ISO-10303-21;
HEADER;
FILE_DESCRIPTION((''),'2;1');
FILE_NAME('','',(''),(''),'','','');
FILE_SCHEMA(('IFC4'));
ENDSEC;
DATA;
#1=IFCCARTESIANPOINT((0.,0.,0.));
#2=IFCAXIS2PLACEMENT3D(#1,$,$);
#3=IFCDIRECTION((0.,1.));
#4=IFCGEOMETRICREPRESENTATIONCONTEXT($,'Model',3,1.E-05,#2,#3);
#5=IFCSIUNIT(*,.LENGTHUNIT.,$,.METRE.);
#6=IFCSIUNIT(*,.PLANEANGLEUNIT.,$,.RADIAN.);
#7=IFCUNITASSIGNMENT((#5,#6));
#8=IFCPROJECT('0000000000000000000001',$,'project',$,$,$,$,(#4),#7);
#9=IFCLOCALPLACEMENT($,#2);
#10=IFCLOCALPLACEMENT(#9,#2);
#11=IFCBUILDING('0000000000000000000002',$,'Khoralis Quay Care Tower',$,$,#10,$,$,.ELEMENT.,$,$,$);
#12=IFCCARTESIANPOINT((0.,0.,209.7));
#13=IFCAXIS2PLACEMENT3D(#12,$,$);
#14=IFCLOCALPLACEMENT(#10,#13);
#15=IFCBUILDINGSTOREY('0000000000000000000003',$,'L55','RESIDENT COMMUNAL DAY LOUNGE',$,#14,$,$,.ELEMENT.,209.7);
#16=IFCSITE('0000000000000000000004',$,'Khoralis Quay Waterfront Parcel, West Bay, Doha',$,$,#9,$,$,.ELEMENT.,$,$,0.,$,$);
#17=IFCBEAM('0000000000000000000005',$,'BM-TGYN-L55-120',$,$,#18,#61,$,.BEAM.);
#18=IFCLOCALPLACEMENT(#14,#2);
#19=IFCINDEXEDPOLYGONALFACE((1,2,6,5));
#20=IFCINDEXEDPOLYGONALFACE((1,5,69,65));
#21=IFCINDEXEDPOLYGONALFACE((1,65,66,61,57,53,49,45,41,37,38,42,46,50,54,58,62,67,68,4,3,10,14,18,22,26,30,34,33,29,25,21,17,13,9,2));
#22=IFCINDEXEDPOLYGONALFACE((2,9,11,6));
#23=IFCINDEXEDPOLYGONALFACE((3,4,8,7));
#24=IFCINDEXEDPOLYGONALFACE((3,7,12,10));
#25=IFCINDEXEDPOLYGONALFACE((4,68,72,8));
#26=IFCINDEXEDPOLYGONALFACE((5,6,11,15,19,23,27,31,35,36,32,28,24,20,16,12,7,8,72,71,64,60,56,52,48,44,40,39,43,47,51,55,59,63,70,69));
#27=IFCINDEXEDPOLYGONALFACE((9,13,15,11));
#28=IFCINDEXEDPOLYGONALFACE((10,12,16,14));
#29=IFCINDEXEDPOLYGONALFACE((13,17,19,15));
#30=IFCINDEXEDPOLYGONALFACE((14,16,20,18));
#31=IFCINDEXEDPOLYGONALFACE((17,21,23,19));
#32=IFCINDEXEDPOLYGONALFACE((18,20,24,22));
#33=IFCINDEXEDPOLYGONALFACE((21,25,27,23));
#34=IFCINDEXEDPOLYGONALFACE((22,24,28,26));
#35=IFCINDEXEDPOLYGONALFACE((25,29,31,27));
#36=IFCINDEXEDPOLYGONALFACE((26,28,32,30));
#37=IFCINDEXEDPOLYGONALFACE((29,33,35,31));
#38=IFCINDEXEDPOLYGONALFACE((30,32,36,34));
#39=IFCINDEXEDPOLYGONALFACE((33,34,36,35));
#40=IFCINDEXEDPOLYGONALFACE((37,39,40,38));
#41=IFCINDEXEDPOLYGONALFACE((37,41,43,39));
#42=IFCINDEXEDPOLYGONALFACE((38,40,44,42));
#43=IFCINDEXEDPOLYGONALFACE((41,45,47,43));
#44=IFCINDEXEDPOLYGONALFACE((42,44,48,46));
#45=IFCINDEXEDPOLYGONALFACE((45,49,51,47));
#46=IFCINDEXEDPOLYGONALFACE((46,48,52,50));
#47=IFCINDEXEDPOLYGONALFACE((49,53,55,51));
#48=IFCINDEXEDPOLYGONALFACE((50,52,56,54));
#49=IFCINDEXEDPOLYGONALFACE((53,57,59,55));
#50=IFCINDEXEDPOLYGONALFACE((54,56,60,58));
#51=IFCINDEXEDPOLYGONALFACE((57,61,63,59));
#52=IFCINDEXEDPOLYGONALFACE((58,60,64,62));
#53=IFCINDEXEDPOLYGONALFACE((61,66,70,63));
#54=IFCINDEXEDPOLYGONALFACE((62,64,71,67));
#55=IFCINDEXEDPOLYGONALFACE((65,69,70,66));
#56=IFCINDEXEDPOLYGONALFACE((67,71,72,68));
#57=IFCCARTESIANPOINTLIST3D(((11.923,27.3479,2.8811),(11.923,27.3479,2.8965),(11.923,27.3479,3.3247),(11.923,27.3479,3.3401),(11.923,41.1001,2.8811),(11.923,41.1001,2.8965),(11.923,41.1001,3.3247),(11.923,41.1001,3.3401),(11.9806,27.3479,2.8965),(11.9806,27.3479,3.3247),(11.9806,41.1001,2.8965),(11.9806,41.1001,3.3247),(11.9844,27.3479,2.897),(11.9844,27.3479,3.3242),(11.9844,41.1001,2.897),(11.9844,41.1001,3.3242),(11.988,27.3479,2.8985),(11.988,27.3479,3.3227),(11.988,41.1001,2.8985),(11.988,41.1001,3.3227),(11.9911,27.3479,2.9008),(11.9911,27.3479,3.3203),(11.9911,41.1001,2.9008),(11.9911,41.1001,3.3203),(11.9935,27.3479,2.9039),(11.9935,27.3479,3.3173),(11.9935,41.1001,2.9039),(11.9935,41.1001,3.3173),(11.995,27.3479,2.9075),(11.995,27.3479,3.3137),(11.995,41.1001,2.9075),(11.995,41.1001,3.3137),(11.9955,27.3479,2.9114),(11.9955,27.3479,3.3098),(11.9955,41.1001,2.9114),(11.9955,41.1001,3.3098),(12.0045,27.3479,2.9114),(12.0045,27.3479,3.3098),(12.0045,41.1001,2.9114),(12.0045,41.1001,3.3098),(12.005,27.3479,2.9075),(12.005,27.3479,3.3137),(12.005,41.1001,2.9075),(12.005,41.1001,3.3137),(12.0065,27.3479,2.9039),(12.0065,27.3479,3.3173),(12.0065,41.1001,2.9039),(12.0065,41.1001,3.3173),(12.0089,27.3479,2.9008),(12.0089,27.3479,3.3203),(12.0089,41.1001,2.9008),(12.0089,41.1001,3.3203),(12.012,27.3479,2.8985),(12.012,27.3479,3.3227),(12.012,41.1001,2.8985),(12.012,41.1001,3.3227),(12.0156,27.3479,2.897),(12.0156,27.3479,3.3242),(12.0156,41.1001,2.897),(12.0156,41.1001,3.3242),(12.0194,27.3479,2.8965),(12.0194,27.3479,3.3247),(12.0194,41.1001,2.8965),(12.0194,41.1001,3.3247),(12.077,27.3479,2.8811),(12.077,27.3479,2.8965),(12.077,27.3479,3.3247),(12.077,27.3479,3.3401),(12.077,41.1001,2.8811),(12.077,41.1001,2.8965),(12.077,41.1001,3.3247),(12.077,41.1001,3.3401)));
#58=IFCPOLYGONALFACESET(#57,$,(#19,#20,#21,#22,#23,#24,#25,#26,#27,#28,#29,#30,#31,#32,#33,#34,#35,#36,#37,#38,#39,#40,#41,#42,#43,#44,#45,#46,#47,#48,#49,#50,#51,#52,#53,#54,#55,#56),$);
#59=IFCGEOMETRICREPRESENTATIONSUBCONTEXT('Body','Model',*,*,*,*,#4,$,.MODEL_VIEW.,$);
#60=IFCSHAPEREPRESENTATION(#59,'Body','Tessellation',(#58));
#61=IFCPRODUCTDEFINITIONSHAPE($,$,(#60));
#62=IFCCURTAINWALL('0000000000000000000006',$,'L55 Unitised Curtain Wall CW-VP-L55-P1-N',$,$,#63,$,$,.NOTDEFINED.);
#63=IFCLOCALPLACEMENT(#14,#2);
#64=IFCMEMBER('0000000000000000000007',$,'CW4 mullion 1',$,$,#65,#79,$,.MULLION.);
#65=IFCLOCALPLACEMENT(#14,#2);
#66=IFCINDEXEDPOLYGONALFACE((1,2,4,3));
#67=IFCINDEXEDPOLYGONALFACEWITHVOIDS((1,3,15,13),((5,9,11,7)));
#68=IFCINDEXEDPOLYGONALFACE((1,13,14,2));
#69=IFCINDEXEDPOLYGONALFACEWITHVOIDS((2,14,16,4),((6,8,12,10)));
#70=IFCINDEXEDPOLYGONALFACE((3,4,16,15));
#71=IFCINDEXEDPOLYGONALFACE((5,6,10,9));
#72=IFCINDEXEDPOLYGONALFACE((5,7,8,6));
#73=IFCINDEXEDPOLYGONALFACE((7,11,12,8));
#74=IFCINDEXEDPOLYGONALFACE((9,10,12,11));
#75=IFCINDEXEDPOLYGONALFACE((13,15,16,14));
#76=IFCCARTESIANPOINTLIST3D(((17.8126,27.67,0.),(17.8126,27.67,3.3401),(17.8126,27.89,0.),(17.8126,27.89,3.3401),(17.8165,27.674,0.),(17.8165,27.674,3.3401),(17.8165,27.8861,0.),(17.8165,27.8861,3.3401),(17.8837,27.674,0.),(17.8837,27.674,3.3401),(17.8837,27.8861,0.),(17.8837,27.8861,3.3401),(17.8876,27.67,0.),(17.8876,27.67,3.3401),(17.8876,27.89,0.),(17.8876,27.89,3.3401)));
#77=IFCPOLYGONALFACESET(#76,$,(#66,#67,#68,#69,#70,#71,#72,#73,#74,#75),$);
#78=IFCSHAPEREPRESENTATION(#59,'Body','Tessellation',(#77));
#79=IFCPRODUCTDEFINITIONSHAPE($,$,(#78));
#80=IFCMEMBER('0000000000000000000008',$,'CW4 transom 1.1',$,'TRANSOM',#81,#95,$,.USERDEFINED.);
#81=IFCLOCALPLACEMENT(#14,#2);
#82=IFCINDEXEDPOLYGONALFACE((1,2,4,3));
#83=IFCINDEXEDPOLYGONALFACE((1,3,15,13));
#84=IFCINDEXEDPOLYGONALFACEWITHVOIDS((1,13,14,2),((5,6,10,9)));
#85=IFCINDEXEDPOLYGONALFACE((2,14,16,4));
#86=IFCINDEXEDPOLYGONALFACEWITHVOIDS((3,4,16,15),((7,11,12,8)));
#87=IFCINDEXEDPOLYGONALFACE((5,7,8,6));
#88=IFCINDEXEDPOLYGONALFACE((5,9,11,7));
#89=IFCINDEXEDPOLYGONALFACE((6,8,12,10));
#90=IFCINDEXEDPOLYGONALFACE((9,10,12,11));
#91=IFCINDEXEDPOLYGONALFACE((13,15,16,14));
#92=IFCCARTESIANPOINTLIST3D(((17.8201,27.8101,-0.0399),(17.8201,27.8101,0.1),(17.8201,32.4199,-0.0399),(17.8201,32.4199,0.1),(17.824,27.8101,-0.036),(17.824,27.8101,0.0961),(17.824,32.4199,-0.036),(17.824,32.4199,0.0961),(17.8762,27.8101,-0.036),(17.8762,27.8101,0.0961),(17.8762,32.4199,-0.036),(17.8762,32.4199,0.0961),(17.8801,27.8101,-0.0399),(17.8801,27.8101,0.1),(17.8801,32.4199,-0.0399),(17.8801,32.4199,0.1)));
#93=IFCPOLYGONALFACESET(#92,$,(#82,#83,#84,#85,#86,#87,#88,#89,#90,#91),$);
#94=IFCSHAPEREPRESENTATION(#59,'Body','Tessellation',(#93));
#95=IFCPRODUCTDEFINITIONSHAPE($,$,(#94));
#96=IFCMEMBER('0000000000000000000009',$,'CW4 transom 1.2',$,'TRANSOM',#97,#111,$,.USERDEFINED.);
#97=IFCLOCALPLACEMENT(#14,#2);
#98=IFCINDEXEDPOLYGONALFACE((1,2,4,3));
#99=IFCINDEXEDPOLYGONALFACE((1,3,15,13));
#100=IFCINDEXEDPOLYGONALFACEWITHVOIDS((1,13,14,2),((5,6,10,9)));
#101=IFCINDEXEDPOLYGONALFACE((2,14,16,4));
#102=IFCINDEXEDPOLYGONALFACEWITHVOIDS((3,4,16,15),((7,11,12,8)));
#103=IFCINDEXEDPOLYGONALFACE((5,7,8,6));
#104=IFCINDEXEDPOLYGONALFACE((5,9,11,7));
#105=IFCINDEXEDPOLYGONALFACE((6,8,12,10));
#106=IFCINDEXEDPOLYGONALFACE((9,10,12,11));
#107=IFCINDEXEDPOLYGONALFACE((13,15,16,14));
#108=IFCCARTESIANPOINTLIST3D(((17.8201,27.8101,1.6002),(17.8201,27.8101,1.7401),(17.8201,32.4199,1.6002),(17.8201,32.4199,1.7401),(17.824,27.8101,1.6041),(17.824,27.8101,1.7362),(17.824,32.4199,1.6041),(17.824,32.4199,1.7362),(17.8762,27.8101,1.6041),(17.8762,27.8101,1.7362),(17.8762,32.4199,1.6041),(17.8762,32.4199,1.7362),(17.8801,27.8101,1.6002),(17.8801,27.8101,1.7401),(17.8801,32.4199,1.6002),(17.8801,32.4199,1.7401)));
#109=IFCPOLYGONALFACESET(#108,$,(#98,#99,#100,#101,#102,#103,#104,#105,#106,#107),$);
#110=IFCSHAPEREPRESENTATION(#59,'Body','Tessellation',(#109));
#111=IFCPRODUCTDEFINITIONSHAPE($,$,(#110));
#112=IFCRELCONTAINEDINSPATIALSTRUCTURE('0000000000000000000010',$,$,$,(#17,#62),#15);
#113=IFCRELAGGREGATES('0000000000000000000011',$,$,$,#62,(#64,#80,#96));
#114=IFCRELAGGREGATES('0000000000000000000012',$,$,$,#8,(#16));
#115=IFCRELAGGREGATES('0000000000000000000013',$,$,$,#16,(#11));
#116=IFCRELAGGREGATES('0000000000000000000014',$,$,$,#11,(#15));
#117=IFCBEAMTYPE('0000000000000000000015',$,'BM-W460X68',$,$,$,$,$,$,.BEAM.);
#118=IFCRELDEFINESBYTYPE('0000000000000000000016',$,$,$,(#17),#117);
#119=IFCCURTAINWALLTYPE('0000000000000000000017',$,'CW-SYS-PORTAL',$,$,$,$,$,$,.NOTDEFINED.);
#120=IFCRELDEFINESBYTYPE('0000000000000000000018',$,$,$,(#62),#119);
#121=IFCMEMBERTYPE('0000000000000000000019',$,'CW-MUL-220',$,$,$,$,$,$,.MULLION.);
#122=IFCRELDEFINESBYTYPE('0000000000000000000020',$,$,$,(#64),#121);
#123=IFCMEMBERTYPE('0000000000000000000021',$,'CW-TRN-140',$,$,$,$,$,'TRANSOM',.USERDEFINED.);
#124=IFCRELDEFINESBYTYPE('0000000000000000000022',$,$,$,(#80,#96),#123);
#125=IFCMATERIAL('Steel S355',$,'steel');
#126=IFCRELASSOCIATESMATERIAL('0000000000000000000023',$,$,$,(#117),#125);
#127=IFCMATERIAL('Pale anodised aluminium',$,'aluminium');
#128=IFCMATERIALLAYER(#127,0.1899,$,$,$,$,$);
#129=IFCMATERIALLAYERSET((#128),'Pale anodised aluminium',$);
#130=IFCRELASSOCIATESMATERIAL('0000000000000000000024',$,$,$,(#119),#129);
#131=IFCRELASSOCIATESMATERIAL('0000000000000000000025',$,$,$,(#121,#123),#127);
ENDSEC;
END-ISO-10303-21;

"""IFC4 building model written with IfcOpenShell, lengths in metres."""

from ifc_helpers import new_model, si_unit, direction, frame, origin, origin_2d, place, context, subcontext, project, spatial, hollow_rectangle, i_section, extrude, source, transform, mapped, material, layer, layer_set, material_profile, profile_set, type_object, element, aggregate, save


model = new_model("IFC4")

# Units and contexts
model_context = context("Model", 3, precision=1e-05, world=origin(), true_north=direction((0.0, 1.0)))
body_context = subcontext(model_context, "Body", "Model", "MODEL_VIEW")
ifc_project = project(units=[si_unit("LENGTHUNIT", "METRE"), si_unit("PLANEANGLEUNIT", "RADIAN")], contexts=[model_context])

# Site, building, storey
site_placement = place(None, origin())
site = spatial("IfcSite", under=ifc_project, at=site_placement, Name="Khoralis Quay Waterfront Parcel, West Bay, Doha", CompositionType="ELEMENT", RefElevation=0.0)
building_placement = place(site_placement, origin())
building = spatial("IfcBuilding", under=site, at=building_placement, Name="Khoralis Quay Care Tower", CompositionType="ELEMENT")
storey_placement = place(building_placement, frame((0.0, 0.0, 209.7)))
storey = spatial("IfcBuildingStorey", under=building, at=storey_placement, Name="L55", Description="RESIDENT COMMUNAL DAY LOUNGE", CompositionType="ELEMENT", Elevation=209.7)

# Beam
ifc_material_1 = material(Name="Steel S355", Category="steel")
ifc_material_profile_1 = material_profile(ifc_material_1, i_section(OverallWidth=0.1541, OverallDepth=0.459, WebThickness=0.009, FlangeThickness=0.0154, FilletRadius=0.0149, at=origin_2d()), Name="Steel S355")
ifc_profile_set_1 = profile_set([ifc_material_profile_1], Name="Steel S355")
beam_type = type_object("IfcBeamType", Name="BM-W460X68", PredefinedType="BEAM", material=ifc_profile_set_1)
shared_shape_1 = source(origin(), body_context, "Body", "SweptSolid", [
    extrude(i_section(OverallWidth=0.1541, OverallDepth=0.459, WebThickness=0.009, FlangeThickness=0.0154, FilletRadius=0.0149, at=origin_2d()), origin(), (0.0, 0.0, 1.0), 13.7522),
])
beam_placement = place(storey_placement, frame((12.0, 27.3479, 3.1106), z_axis=(0.0, 1.0, 0.0), x_axis=(-1.0, 0.0, 0.0)))
element("IfcBeam", 1, at=beam_placement, inside=storey, type_object=beam_type, Name="BM-TGYN-L55-120", PredefinedType="BEAM", context=body_context, shape_type="MappedRepresentation", body=[
    mapped(shared_shape_1, transform((0.0, 0.0, 0.0), scale=1.0)),
])

# Curtain wall, members
ifc_material_2 = material(Name="Pale anodised aluminium", Category="aluminium")
ifc_layer_1 = layer(ifc_material_2, 0.1899)
ifc_layer_set_1 = layer_set([ifc_layer_1], Name="Pale anodised aluminium")
curtain_wall_type = type_object("IfcCurtainWallType", Name="CW-SYS-PORTAL", PredefinedType="NOTDEFINED", material=ifc_layer_set_1)
curtain_wall_placement = place(storey_placement, origin())
curtain_wall = element("IfcCurtainWall", 2, at=curtain_wall_placement, inside=storey, type_object=curtain_wall_type, Name="L55 Unitised Curtain Wall CW-VP-L55-P1-N", PredefinedType="NOTDEFINED")
ifc_material_profile_2 = material_profile(ifc_material_2, hollow_rectangle(XDim=0.075, YDim=0.22, WallThickness=0.0039, at=origin_2d()), Name="Pale anodised aluminium")
ifc_profile_set_2 = profile_set([ifc_material_profile_2], Name="Pale anodised aluminium")
member_type_1 = type_object("IfcMemberType", Name="CW-MUL-220", PredefinedType="MULLION", material=ifc_profile_set_2)
shared_shape_2 = source(origin(), body_context, "Body", "SweptSolid", [
    extrude(hollow_rectangle(XDim=0.075, YDim=0.22, WallThickness=0.0039, at=origin_2d()), origin(), (0.0, 0.0, 1.0), 3.3401),
])
member_1_placement = place(storey_placement, frame((17.8501, 27.78, 0.0), z_axis=(0.0, 0.0, 1.0), x_axis=(-1.0, 0.0, 0.0)))
member_1 = element("IfcMember", 3, at=member_1_placement, type_object=member_type_1, Name="CW4 mullion 1", PredefinedType="MULLION", context=body_context, shape_type="MappedRepresentation", body=[
    mapped(shared_shape_2, transform((0.0, 0.0, 0.0), scale=1.0)),
])
ifc_material_profile_3 = material_profile(ifc_material_2, hollow_rectangle(XDim=0.0601, YDim=0.1399, WallThickness=0.0039, at=origin_2d()), Name="Pale anodised aluminium")
ifc_profile_set_3 = profile_set([ifc_material_profile_3], Name="Pale anodised aluminium")
member_type_2 = type_object("IfcMemberType", Name="CW-TRN-140", ElementType="TRANSOM", PredefinedType="USERDEFINED", material=ifc_profile_set_3)
shared_shape_3 = source(origin(), body_context, "Body", "SweptSolid", [
    extrude(hollow_rectangle(XDim=0.0601, YDim=0.1399, WallThickness=0.0039, at=origin_2d()), origin(), (0.0, 0.0, 1.0), 4.6099),
])
member_2_placement = place(storey_placement, frame((17.8501, 27.8101, 0.03), z_axis=(0.0, 1.0, 0.0), x_axis=(-1.0, 0.0, 0.0)))
member_2 = element("IfcMember", 4, at=member_2_placement, type_object=member_type_2, Name="CW4 transom 1.1", ObjectType="TRANSOM", PredefinedType="USERDEFINED", context=body_context, shape_type="MappedRepresentation", body=[
    mapped(shared_shape_3, transform((0.0, 0.0, 0.0), scale=1.0)),
])
member_3_placement = place(storey_placement, frame((17.8501, 27.8101, 1.6702), z_axis=(0.0, 1.0, 0.0), x_axis=(-1.0, 0.0, 0.0)))
member_3 = element("IfcMember", 5, at=member_3_placement, type_object=member_type_2, Name="CW4 transom 1.2", ObjectType="TRANSOM", PredefinedType="USERDEFINED", context=body_context, shape_type="MappedRepresentation", body=[
    mapped(shared_shape_3, transform((0.0, 0.0, 0.0), scale=1.0)),
])
aggregate(curtain_wall, [member_1, member_2, member_3])

save(model, "model.ifc")
